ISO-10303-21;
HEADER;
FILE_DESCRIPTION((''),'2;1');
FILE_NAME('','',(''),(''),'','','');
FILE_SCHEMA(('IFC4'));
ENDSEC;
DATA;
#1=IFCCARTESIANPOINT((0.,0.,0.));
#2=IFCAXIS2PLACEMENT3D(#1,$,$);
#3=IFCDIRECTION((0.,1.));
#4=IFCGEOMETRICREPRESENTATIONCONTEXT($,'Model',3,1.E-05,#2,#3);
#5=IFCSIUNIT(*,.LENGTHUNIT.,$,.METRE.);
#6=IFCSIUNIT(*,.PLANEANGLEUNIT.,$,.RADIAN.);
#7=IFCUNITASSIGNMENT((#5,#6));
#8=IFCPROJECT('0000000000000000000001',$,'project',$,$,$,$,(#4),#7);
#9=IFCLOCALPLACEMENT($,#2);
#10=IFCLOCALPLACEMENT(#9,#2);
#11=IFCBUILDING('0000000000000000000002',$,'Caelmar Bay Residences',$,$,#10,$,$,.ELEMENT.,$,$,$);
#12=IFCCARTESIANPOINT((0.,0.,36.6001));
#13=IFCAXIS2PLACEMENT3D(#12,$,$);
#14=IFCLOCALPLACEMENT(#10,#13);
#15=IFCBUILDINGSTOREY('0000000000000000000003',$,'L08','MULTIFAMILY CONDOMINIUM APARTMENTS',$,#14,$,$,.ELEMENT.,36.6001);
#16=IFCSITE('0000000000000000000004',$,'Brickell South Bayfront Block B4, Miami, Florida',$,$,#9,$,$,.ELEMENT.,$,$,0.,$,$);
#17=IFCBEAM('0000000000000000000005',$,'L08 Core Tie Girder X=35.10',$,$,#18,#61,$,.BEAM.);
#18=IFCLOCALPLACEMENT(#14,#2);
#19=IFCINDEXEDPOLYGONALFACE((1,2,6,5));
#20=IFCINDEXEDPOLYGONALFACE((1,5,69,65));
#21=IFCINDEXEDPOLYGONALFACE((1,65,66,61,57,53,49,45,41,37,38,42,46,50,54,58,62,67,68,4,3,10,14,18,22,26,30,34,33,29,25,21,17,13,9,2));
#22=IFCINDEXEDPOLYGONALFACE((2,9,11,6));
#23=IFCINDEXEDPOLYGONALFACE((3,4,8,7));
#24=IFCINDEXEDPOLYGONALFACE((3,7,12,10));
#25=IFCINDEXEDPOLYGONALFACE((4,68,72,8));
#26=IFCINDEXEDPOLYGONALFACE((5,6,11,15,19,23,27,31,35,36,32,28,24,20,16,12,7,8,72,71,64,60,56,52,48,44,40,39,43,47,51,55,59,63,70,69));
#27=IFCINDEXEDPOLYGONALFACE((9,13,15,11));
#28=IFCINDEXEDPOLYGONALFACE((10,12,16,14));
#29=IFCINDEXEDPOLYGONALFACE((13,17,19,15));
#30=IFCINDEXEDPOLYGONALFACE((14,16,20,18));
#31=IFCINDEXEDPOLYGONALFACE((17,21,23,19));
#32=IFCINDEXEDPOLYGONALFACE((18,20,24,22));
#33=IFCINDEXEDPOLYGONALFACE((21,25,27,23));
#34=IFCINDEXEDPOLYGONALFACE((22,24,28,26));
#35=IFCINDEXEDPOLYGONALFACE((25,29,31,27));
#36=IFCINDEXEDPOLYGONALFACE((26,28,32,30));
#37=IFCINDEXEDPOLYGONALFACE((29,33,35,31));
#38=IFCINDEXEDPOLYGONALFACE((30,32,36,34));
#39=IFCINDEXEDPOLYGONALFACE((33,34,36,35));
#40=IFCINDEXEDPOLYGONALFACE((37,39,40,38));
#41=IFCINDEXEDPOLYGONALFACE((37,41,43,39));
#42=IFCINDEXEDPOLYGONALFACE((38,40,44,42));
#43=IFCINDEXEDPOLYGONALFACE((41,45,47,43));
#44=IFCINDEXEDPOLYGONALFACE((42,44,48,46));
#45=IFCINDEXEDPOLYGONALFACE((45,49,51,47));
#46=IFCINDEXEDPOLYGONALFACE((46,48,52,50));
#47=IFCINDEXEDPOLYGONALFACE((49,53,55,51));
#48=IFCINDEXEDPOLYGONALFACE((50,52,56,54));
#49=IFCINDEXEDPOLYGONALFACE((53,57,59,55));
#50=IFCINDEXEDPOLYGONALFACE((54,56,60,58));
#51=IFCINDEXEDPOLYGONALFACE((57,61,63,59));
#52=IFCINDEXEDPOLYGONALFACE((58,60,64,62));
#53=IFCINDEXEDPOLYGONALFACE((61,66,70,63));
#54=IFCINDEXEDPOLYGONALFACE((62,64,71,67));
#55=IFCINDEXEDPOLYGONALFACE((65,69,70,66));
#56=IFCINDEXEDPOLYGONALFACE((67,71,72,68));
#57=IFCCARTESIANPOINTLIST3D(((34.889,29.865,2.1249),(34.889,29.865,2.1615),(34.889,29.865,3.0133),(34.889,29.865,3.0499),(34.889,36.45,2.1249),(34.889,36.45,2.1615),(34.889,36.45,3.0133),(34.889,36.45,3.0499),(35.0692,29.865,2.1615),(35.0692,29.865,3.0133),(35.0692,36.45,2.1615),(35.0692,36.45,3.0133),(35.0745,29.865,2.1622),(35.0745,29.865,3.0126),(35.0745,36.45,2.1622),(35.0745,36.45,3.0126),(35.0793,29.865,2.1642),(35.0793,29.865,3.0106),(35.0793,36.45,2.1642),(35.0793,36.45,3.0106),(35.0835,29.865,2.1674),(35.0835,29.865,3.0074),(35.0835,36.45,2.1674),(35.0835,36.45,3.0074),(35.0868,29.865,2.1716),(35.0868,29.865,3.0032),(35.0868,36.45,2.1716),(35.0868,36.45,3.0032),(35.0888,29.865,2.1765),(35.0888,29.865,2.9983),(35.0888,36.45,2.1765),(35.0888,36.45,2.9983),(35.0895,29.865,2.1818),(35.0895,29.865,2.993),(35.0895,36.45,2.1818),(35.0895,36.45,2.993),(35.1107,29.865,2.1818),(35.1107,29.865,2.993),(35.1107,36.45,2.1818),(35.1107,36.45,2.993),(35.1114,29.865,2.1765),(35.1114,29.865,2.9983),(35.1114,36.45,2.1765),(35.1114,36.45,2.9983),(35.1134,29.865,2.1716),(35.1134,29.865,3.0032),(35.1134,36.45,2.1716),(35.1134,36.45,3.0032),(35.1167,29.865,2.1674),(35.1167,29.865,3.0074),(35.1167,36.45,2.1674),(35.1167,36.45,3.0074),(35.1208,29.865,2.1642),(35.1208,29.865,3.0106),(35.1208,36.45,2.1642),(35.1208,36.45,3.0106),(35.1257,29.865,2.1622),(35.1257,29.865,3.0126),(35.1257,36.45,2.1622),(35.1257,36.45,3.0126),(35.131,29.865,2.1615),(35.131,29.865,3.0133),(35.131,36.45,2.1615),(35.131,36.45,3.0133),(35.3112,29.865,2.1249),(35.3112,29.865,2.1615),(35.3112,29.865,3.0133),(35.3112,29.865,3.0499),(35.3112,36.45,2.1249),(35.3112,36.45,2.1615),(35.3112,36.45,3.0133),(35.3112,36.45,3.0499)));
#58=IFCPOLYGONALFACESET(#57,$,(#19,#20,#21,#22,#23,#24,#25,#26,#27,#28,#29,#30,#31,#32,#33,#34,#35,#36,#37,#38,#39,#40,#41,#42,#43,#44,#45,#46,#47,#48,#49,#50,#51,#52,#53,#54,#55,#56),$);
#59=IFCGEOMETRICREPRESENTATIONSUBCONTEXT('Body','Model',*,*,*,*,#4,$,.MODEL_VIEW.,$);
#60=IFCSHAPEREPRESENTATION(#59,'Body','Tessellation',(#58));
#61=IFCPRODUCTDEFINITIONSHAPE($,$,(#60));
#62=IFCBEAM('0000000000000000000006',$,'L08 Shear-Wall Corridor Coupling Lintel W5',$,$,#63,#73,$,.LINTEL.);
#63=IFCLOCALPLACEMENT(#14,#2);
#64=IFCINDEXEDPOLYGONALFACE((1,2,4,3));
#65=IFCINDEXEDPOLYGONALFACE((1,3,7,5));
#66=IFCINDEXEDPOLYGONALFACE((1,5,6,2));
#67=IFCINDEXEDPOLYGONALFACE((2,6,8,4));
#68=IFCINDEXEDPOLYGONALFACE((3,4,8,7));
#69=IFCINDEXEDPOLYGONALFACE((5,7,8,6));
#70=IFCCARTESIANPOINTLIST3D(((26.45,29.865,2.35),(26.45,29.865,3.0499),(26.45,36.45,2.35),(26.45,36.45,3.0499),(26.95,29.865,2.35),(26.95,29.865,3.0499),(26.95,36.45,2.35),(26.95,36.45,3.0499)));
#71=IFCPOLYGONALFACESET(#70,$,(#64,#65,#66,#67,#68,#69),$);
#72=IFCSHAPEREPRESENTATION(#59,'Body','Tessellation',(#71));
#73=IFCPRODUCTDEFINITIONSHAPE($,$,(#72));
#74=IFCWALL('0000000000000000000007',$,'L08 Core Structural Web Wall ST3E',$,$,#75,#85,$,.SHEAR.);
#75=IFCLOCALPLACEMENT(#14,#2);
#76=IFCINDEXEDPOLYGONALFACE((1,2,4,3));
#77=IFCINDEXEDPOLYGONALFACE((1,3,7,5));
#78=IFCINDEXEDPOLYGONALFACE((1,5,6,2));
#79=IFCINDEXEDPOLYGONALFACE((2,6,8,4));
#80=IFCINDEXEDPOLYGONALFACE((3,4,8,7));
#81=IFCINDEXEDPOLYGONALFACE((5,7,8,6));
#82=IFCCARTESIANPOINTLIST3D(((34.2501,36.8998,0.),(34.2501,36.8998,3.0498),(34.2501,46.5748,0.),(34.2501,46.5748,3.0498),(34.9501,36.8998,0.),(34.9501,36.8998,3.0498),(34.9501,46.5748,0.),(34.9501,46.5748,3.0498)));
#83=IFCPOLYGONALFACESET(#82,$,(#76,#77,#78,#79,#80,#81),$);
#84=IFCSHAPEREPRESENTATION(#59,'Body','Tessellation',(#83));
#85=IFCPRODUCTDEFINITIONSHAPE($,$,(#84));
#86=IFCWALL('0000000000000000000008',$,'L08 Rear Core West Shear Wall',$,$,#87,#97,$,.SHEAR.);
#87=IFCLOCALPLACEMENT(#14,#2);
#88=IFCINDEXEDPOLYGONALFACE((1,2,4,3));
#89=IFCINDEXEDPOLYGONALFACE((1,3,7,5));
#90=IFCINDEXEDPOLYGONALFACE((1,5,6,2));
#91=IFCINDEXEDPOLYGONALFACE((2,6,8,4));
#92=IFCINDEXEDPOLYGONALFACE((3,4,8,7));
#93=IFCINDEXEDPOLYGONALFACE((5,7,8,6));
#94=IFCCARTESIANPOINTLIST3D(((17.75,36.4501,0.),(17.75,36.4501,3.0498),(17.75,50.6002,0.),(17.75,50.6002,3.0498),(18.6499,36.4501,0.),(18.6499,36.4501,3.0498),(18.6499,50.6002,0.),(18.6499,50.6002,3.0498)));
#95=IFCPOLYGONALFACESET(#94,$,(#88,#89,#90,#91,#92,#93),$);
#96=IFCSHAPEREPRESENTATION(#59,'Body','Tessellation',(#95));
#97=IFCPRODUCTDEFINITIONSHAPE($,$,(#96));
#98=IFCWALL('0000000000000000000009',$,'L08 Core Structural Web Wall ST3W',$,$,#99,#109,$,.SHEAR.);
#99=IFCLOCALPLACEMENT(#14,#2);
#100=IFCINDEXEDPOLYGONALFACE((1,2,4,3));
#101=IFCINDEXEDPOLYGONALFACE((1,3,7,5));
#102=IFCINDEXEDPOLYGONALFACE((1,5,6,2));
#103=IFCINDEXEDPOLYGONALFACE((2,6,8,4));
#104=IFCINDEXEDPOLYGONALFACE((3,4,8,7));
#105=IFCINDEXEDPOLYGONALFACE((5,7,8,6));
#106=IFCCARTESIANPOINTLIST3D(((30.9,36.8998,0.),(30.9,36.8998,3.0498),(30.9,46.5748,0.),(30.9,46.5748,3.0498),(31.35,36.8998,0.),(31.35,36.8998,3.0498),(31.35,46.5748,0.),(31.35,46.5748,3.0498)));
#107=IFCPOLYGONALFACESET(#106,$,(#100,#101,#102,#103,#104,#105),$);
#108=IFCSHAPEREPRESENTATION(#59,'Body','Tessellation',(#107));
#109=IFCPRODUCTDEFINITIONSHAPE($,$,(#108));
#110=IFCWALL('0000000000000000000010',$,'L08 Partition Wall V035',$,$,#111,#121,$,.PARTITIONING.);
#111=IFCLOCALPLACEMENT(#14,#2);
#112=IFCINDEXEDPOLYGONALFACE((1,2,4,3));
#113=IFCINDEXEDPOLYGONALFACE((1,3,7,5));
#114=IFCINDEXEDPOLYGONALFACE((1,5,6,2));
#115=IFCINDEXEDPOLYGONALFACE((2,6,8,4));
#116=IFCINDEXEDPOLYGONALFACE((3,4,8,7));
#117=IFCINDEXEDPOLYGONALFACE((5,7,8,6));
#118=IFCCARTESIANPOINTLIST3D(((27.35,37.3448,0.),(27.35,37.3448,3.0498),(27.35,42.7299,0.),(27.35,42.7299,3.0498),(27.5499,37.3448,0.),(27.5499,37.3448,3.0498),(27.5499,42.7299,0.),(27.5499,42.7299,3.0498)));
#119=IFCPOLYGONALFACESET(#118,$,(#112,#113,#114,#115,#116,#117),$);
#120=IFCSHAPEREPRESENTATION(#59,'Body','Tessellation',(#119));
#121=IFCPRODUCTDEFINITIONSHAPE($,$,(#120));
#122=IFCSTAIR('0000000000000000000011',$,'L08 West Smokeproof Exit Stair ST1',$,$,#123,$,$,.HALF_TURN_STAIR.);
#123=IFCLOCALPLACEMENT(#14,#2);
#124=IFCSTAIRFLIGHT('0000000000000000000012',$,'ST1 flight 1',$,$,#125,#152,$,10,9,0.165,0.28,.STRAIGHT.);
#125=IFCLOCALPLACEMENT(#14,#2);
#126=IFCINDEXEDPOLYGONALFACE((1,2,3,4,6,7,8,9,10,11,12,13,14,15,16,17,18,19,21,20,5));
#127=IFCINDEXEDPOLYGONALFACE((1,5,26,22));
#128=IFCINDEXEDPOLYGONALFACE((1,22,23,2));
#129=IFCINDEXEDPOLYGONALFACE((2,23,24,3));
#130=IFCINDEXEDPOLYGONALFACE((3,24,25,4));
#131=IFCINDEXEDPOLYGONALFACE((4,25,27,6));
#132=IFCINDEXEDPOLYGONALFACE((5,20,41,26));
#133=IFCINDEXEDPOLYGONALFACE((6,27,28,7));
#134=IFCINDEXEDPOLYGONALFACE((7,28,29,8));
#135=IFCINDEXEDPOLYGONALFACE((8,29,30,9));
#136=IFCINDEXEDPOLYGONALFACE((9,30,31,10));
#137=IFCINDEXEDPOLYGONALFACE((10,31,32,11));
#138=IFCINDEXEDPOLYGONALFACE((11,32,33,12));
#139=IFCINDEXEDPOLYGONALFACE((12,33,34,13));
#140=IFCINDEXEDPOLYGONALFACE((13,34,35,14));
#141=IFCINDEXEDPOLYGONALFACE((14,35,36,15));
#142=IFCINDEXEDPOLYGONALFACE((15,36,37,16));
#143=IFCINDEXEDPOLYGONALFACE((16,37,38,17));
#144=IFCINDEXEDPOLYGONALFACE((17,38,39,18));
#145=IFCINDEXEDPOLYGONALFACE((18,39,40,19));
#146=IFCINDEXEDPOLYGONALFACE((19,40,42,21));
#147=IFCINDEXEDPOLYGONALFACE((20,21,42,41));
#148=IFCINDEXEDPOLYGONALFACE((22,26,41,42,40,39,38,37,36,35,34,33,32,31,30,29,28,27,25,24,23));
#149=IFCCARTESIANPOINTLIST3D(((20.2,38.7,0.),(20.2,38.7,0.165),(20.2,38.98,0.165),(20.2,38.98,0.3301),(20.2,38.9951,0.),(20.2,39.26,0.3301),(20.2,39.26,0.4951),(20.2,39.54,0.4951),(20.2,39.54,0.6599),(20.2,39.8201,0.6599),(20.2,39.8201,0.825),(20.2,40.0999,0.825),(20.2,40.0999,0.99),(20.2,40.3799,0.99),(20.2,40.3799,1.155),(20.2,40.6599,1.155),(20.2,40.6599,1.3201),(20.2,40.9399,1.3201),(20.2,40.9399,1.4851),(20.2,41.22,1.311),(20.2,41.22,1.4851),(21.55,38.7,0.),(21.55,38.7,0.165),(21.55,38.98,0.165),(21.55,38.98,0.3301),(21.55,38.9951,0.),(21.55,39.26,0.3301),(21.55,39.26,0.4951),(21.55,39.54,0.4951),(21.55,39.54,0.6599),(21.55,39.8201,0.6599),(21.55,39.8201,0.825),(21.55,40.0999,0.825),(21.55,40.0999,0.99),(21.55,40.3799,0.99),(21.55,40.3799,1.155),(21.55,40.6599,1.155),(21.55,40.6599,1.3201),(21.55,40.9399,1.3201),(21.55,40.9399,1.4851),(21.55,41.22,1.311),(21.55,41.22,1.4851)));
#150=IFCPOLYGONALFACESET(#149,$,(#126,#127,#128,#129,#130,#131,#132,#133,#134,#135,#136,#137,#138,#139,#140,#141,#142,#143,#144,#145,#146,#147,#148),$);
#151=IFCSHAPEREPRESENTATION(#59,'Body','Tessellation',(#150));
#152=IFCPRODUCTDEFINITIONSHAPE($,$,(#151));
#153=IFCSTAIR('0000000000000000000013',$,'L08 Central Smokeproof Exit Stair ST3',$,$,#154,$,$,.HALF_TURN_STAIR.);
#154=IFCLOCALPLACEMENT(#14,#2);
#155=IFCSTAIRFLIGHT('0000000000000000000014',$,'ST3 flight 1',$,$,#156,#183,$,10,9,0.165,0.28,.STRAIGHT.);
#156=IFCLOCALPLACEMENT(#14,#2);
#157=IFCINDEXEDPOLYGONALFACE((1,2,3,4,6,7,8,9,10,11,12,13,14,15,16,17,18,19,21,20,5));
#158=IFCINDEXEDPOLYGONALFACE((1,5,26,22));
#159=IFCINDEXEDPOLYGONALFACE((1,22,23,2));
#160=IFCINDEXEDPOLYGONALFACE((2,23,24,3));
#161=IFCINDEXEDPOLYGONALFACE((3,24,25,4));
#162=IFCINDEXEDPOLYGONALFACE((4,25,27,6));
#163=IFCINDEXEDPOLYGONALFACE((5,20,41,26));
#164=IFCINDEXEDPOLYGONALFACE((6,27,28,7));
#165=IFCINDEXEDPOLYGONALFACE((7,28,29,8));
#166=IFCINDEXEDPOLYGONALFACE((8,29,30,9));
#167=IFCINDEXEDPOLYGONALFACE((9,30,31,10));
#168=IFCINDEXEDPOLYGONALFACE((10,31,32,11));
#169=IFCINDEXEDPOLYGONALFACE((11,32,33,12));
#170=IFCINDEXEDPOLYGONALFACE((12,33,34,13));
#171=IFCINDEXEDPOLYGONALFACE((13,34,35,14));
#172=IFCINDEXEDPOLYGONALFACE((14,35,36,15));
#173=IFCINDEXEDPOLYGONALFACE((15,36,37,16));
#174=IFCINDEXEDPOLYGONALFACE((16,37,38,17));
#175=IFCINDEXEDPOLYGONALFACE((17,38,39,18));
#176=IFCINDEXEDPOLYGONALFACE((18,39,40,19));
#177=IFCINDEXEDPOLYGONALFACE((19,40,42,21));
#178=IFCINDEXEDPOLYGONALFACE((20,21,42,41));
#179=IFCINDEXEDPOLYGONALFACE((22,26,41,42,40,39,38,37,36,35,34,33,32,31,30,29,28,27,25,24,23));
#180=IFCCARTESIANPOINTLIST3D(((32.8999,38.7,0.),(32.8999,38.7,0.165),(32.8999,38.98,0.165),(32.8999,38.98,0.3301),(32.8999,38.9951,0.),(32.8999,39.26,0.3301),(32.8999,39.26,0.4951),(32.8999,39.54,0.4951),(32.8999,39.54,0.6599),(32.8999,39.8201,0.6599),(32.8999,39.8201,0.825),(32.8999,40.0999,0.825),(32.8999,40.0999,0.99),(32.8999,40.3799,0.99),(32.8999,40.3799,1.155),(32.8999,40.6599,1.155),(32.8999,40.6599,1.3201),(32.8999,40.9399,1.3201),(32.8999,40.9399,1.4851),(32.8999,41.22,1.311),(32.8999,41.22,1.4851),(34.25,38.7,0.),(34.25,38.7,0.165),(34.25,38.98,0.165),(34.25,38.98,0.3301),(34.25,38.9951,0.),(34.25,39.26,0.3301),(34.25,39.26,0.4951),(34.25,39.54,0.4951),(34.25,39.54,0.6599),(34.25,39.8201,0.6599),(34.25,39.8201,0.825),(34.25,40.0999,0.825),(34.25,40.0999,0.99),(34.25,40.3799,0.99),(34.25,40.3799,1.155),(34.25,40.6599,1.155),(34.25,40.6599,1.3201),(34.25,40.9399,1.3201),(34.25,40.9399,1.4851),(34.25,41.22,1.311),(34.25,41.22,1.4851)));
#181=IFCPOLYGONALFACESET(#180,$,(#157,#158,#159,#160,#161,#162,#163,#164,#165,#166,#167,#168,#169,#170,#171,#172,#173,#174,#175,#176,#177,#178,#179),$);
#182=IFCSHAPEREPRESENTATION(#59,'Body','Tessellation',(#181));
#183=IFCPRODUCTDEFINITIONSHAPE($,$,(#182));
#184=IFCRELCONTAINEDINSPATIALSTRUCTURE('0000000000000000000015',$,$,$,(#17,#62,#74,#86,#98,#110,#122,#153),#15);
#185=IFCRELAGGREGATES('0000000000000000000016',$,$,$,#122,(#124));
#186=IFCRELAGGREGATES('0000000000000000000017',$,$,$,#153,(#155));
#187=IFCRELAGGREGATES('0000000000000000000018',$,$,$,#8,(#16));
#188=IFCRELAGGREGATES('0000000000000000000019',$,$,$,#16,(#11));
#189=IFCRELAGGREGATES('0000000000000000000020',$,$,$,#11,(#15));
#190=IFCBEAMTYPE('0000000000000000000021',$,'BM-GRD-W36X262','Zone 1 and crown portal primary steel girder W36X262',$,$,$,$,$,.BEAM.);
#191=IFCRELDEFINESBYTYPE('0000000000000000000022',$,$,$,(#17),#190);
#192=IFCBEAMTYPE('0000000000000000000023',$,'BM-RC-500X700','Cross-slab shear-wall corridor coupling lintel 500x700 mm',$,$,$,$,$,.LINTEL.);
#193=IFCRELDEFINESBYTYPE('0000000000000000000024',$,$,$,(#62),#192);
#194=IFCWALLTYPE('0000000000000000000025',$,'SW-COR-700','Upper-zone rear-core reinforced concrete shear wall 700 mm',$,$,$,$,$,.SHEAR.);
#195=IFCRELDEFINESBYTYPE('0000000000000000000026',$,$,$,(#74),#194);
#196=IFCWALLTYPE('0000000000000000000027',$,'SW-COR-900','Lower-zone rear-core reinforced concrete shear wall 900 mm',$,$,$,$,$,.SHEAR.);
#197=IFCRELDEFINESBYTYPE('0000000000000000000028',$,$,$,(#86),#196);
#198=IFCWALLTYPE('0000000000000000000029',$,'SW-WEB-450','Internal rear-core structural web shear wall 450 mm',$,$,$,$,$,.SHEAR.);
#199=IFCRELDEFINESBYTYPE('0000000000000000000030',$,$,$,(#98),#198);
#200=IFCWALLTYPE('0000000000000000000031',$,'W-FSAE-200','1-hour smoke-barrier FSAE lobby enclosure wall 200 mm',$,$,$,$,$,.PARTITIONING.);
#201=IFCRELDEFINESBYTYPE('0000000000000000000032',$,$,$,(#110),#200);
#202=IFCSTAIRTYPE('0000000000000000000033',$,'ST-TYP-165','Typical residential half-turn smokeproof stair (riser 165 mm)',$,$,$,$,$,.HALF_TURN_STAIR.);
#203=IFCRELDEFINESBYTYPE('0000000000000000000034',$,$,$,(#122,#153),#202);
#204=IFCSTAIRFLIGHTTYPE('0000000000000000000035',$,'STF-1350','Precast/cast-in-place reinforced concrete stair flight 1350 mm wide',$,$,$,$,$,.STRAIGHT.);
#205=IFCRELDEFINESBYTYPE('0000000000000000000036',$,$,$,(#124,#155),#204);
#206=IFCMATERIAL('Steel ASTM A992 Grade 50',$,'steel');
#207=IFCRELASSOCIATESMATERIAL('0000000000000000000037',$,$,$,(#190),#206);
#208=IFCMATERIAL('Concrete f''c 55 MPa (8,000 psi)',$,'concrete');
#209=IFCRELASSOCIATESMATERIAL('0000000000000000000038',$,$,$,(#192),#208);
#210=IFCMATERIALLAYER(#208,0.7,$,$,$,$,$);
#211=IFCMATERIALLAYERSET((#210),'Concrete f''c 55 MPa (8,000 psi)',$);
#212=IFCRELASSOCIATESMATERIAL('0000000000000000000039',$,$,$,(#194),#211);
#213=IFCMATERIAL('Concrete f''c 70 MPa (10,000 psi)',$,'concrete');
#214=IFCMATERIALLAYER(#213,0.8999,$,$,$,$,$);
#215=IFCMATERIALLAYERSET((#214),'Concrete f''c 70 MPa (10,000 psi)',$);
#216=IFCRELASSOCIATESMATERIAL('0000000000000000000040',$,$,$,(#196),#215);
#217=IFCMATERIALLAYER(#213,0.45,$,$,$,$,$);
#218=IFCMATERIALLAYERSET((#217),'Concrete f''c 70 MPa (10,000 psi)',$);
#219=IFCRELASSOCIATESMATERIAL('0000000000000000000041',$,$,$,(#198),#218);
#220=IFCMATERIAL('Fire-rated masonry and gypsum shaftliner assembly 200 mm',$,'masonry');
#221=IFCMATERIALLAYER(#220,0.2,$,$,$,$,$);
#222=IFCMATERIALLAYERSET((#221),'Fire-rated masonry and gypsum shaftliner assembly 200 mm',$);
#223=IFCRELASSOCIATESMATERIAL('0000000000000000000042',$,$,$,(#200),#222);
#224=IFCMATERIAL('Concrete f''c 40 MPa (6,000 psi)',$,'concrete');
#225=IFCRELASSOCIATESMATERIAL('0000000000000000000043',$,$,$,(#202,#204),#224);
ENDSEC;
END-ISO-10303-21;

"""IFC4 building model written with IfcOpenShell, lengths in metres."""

from ifc_helpers import new_model, si_unit, direction, frame, frame_2d, origin, origin_2d, place, context, subcontext, project, spatial, polyline, rectangle, i_section, outline, extrude, material, layer, layer_set, material_profile, profile_set, type_object, element, aggregate, save


model = new_model("IFC4")

# Units and contexts
model_context = context("Model", 3, precision=1e-05, world=origin(), true_north=direction((0.0, 1.0)))
body_context = subcontext(model_context, "Body", "Model", "MODEL_VIEW")
ifc_project = project(units=[si_unit("LENGTHUNIT", "METRE"), si_unit("PLANEANGLEUNIT", "RADIAN")], contexts=[model_context])

# Site, building, storey
site_placement = place(None, origin())
site = spatial("IfcSite", under=ifc_project, at=site_placement, Name="Brickell South Bayfront Block B4, Miami, Florida", CompositionType="ELEMENT", RefElevation=0.0)
building_placement = place(site_placement, origin())
building = spatial("IfcBuilding", under=site, at=building_placement, Name="Caelmar Bay Residences", CompositionType="ELEMENT")
storey_placement = place(building_placement, frame((0.0, 0.0, 36.6001)))
storey = spatial("IfcBuildingStorey", under=building, at=storey_placement, Name="L08", Description="MULTIFAMILY CONDOMINIUM APARTMENTS", CompositionType="ELEMENT", Elevation=36.6001)

# Beams
ifc_material_1 = material(Name="Steel ASTM A992 Grade 50", Category="steel")
ifc_material_profile_1 = material_profile(ifc_material_1, i_section(OverallWidth=0.4221, OverallDepth=0.925, WebThickness=0.0212, FlangeThickness=0.0366, FilletRadius=0.0203, at=origin_2d()), Name="W36X262")
ifc_profile_set_1 = profile_set([ifc_material_profile_1], Name="Steel ASTM A992 Grade 50")
beam_type_1 = type_object("IfcBeamType", Name="BM-GRD-W36X262", Description="Zone 1 and crown portal primary steel girder W36X262", PredefinedType="BEAM", material=ifc_profile_set_1)
beam_1_placement = place(storey_placement, frame((35.1001, 29.865, 2.5874), z_axis=(0.0, 1.0, 0.0), x_axis=(-1.0, 0.0, 0.0)))
element("IfcBeam", 1, at=beam_1_placement, inside=storey, type_object=beam_type_1, Name="L08 Core Tie Girder X=35.10", PredefinedType="BEAM", context=body_context, shape_type="SweptSolid", body=[
    extrude(i_section(OverallWidth=0.4221, OverallDepth=0.925, WebThickness=0.0212, FlangeThickness=0.0366, FilletRadius=0.0203, at=origin_2d()), origin(), (0.0, 0.0, 1.0), 6.585),
])
ifc_material_2 = material(Name="Concrete f'c 55 MPa (8,000 psi)", Category="concrete")
ifc_material_profile_2 = material_profile(ifc_material_2, rectangle(XDim=0.5, YDim=0.7, at=origin_2d()), Name="RC-BM-500X700")
ifc_profile_set_2 = profile_set([ifc_material_profile_2], Name="Concrete f'c 55 MPa (8,000 psi)")
beam_type_2 = type_object("IfcBeamType", Name="BM-RC-500X700", Description="Cross-slab shear-wall corridor coupling lintel 500x700 mm", PredefinedType="LINTEL", material=ifc_profile_set_2)
beam_2_placement = place(storey_placement, frame((26.7, 29.865, 2.7), z_axis=(0.0, 1.0, 0.0), x_axis=(-1.0, 0.0, 0.0)))
element("IfcBeam", 2, at=beam_2_placement, inside=storey, type_object=beam_type_2, Name="L08 Shear-Wall Corridor Coupling Lintel W5", PredefinedType="LINTEL", context=body_context, shape_type="SweptSolid", body=[
    extrude(rectangle(XDim=0.5, YDim=0.7, at=origin_2d()), origin(), (0.0, 0.0, 1.0), 6.585),
])

# Shared definitions
ifc_layer_1 = layer(ifc_material_2, 0.7)
ifc_layer_set_1 = layer_set([ifc_layer_1], Name="Concrete f'c 55 MPa (8,000 psi)")
wall_type_1 = type_object("IfcWallType", Name="SW-COR-700", Description="Upper-zone rear-core reinforced concrete shear wall 700 mm", PredefinedType="SHEAR", material=ifc_layer_set_1)

# Walls
wall_1_placement = place(storey_placement, frame((34.6001, 36.8999, 0.0), z_axis=(0.0, 0.0, 1.0), x_axis=(0.0, 1.0, 0.0)))
element("IfcWall", 3, at=wall_1_placement, inside=storey, type_object=wall_type_1, Name="L08 Core Structural Web Wall ST3E", PredefinedType="SHEAR", context=body_context, shape_type="SweptSolid", body=[
    extrude(rectangle(XDim=9.675, YDim=0.7, at=frame_2d((4.8374, 0.0))), origin(), (0.0, 0.0, 1.0), 3.0498),
])
ifc_material_3 = material(Name="Concrete f'c 70 MPa (10,000 psi)", Category="concrete")
ifc_layer_2 = layer(ifc_material_3, 0.8999)
ifc_layer_set_2 = layer_set([ifc_layer_2], Name="Concrete f'c 70 MPa (10,000 psi)")
wall_type_2 = type_object("IfcWallType", Name="SW-COR-900", Description="Lower-zone rear-core reinforced concrete shear wall 900 mm", PredefinedType="SHEAR", material=ifc_layer_set_2)
wall_2_placement = place(storey_placement, frame((18.2, 36.45, 0.0), z_axis=(0.0, 0.0, 1.0), x_axis=(0.0, 1.0, 0.0)))
element("IfcWall", 4, at=wall_2_placement, inside=storey, type_object=wall_type_2, Name="L08 Rear Core West Shear Wall", PredefinedType="SHEAR", context=body_context, shape_type="SweptSolid", body=[
    extrude(rectangle(XDim=14.1501, YDim=0.8999, at=frame_2d((7.0752, 0.0))), origin(), (0.0, 0.0, 1.0), 3.0498),
])
ifc_layer_3 = layer(ifc_material_3, 0.45)
ifc_layer_set_3 = layer_set([ifc_layer_3], Name="Concrete f'c 70 MPa (10,000 psi)")
wall_type_3 = type_object("IfcWallType", Name="SW-WEB-450", Description="Internal rear-core structural web shear wall 450 mm", PredefinedType="SHEAR", material=ifc_layer_set_3)
wall_3_placement = place(storey_placement, frame((31.125, 36.8999, 0.0), z_axis=(0.0, 0.0, 1.0), x_axis=(0.0, 1.0, 0.0)))
element("IfcWall", 5, at=wall_3_placement, inside=storey, type_object=wall_type_3, Name="L08 Core Structural Web Wall ST3W", PredefinedType="SHEAR", context=body_context, shape_type="SweptSolid", body=[
    extrude(rectangle(XDim=9.675, YDim=0.45, at=frame_2d((4.8374, 0.0))), origin(), (0.0, 0.0, 1.0), 3.0498),
])
ifc_material_4 = material(Name="Fire-rated masonry and gypsum shaftliner assembly 200 mm", Category="masonry")
ifc_layer_4 = layer(ifc_material_4, 0.2)
ifc_layer_set_4 = layer_set([ifc_layer_4], Name="Fire-rated masonry and gypsum shaftliner assembly 200 mm")
wall_type_4 = type_object("IfcWallType", Name="W-FSAE-200", Description="1-hour smoke-barrier FSAE lobby enclosure wall 200 mm", PredefinedType="PARTITIONING", material=ifc_layer_set_4)
wall_4_placement = place(storey_placement, frame((27.45, 37.345, 0.0), z_axis=(0.0, 0.0, 1.0), x_axis=(0.0, 1.0, 0.0)))
element("IfcWall", 6, at=wall_4_placement, inside=storey, type_object=wall_type_4, Name="L08 Partition Wall V035", PredefinedType="PARTITIONING", context=body_context, shape_type="SweptSolid", body=[
    extrude(rectangle(XDim=5.385, YDim=0.2, at=frame_2d((2.6924, 0.0))), origin(), (0.0, 0.0, 1.0), 3.0498),
])

# Stairs, stair flights
ifc_material_5 = material(Name="Concrete f'c 40 MPa (6,000 psi)", Category="concrete")
stair_type = type_object("IfcStairType", Name="ST-TYP-165", Description="Typical residential half-turn smokeproof stair (riser 165 mm)", PredefinedType="HALF_TURN_STAIR", material=ifc_material_5)
stair_1_placement = place(storey_placement, origin())
stair_1 = element("IfcStair", 7, at=stair_1_placement, inside=storey, type_object=stair_type, Name="L08 West Smokeproof Exit Stair ST1", PredefinedType="HALF_TURN_STAIR")
stair_flight_type = type_object("IfcStairFlightType", Name="STF-1350", Description="Precast/cast-in-place reinforced concrete stair flight 1350 mm wide", PredefinedType="STRAIGHT", material=ifc_material_5)
stair_flight_1_placement = place(storey_placement, frame((20.875, 38.7, 0.0), z_axis=(0.0, 0.0, 1.0), x_axis=(0.0, 1.0, 0.0)))
stair_flight_1 = element("IfcStairFlight", 8, at=stair_flight_1_placement, type_object=stair_flight_type, Name="ST1 flight 1", NumberOfRisers=10, NumberOfTreads=9, PredefinedType="STRAIGHT", RiserHeight=0.165, TreadLength=0.28, context=body_context, shape_type="SweptSolid", body=[
    extrude(outline(polyline([(0.0, 0.0), (0.0, 0.165), (0.28, 0.165), (0.28, 0.3301), (0.5601, 0.3301), (0.5601, 0.4951), (0.8401, 0.4951), (0.8401, 0.6599), (1.1201, 0.6599), (1.1201, 0.825), (1.3999, 0.825), (1.3999, 0.99), (1.6799, 0.99), (1.6799, 1.155), (1.96, 1.155), (1.96, 1.3201), (2.24, 1.3201), (2.24, 1.4851), (2.52, 1.4851), (2.52, 1.6499), (2.52, 1.311), (0.2952, 0.0), (0.0, 0.0)])), frame((0.0, 0.675, 0.0), z_axis=(0.0, -1.0, 0.0), x_axis=(1.0, 0.0, 0.0)), (0.0, 0.0, 1.0), 1.3501),
])
aggregate(stair_1, [stair_flight_1])
stair_2_placement = place(storey_placement, origin())
stair_2 = element("IfcStair", 9, at=stair_2_placement, inside=storey, type_object=stair_type, Name="L08 Central Smokeproof Exit Stair ST3", PredefinedType="HALF_TURN_STAIR")
stair_flight_2_placement = place(storey_placement, frame((33.575, 38.7, 0.0), z_axis=(0.0, 0.0, 1.0), x_axis=(0.0, 1.0, 0.0)))
stair_flight_2 = element("IfcStairFlight", 10, at=stair_flight_2_placement, type_object=stair_flight_type, Name="ST3 flight 1", NumberOfRisers=10, NumberOfTreads=9, PredefinedType="STRAIGHT", RiserHeight=0.165, TreadLength=0.28, context=body_context, shape_type="SweptSolid", body=[
    extrude(outline(polyline([(0.0, 0.0), (0.0, 0.165), (0.28, 0.165), (0.28, 0.3301), (0.5601, 0.3301), (0.5601, 0.4951), (0.8401, 0.4951), (0.8401, 0.6599), (1.1201, 0.6599), (1.1201, 0.825), (1.3999, 0.825), (1.3999, 0.99), (1.6799, 0.99), (1.6799, 1.155), (1.96, 1.155), (1.96, 1.3201), (2.24, 1.3201), (2.24, 1.4851), (2.52, 1.4851), (2.52, 1.6499), (2.52, 1.311), (0.2952, 0.0), (0.0, 0.0)])), frame((0.0, 0.675, 0.0), z_axis=(0.0, -1.0, 0.0), x_axis=(1.0, 0.0, 0.0)), (0.0, 0.0, 1.0), 1.3501),
])
aggregate(stair_2, [stair_flight_2])

save(model, "model.ifc")
